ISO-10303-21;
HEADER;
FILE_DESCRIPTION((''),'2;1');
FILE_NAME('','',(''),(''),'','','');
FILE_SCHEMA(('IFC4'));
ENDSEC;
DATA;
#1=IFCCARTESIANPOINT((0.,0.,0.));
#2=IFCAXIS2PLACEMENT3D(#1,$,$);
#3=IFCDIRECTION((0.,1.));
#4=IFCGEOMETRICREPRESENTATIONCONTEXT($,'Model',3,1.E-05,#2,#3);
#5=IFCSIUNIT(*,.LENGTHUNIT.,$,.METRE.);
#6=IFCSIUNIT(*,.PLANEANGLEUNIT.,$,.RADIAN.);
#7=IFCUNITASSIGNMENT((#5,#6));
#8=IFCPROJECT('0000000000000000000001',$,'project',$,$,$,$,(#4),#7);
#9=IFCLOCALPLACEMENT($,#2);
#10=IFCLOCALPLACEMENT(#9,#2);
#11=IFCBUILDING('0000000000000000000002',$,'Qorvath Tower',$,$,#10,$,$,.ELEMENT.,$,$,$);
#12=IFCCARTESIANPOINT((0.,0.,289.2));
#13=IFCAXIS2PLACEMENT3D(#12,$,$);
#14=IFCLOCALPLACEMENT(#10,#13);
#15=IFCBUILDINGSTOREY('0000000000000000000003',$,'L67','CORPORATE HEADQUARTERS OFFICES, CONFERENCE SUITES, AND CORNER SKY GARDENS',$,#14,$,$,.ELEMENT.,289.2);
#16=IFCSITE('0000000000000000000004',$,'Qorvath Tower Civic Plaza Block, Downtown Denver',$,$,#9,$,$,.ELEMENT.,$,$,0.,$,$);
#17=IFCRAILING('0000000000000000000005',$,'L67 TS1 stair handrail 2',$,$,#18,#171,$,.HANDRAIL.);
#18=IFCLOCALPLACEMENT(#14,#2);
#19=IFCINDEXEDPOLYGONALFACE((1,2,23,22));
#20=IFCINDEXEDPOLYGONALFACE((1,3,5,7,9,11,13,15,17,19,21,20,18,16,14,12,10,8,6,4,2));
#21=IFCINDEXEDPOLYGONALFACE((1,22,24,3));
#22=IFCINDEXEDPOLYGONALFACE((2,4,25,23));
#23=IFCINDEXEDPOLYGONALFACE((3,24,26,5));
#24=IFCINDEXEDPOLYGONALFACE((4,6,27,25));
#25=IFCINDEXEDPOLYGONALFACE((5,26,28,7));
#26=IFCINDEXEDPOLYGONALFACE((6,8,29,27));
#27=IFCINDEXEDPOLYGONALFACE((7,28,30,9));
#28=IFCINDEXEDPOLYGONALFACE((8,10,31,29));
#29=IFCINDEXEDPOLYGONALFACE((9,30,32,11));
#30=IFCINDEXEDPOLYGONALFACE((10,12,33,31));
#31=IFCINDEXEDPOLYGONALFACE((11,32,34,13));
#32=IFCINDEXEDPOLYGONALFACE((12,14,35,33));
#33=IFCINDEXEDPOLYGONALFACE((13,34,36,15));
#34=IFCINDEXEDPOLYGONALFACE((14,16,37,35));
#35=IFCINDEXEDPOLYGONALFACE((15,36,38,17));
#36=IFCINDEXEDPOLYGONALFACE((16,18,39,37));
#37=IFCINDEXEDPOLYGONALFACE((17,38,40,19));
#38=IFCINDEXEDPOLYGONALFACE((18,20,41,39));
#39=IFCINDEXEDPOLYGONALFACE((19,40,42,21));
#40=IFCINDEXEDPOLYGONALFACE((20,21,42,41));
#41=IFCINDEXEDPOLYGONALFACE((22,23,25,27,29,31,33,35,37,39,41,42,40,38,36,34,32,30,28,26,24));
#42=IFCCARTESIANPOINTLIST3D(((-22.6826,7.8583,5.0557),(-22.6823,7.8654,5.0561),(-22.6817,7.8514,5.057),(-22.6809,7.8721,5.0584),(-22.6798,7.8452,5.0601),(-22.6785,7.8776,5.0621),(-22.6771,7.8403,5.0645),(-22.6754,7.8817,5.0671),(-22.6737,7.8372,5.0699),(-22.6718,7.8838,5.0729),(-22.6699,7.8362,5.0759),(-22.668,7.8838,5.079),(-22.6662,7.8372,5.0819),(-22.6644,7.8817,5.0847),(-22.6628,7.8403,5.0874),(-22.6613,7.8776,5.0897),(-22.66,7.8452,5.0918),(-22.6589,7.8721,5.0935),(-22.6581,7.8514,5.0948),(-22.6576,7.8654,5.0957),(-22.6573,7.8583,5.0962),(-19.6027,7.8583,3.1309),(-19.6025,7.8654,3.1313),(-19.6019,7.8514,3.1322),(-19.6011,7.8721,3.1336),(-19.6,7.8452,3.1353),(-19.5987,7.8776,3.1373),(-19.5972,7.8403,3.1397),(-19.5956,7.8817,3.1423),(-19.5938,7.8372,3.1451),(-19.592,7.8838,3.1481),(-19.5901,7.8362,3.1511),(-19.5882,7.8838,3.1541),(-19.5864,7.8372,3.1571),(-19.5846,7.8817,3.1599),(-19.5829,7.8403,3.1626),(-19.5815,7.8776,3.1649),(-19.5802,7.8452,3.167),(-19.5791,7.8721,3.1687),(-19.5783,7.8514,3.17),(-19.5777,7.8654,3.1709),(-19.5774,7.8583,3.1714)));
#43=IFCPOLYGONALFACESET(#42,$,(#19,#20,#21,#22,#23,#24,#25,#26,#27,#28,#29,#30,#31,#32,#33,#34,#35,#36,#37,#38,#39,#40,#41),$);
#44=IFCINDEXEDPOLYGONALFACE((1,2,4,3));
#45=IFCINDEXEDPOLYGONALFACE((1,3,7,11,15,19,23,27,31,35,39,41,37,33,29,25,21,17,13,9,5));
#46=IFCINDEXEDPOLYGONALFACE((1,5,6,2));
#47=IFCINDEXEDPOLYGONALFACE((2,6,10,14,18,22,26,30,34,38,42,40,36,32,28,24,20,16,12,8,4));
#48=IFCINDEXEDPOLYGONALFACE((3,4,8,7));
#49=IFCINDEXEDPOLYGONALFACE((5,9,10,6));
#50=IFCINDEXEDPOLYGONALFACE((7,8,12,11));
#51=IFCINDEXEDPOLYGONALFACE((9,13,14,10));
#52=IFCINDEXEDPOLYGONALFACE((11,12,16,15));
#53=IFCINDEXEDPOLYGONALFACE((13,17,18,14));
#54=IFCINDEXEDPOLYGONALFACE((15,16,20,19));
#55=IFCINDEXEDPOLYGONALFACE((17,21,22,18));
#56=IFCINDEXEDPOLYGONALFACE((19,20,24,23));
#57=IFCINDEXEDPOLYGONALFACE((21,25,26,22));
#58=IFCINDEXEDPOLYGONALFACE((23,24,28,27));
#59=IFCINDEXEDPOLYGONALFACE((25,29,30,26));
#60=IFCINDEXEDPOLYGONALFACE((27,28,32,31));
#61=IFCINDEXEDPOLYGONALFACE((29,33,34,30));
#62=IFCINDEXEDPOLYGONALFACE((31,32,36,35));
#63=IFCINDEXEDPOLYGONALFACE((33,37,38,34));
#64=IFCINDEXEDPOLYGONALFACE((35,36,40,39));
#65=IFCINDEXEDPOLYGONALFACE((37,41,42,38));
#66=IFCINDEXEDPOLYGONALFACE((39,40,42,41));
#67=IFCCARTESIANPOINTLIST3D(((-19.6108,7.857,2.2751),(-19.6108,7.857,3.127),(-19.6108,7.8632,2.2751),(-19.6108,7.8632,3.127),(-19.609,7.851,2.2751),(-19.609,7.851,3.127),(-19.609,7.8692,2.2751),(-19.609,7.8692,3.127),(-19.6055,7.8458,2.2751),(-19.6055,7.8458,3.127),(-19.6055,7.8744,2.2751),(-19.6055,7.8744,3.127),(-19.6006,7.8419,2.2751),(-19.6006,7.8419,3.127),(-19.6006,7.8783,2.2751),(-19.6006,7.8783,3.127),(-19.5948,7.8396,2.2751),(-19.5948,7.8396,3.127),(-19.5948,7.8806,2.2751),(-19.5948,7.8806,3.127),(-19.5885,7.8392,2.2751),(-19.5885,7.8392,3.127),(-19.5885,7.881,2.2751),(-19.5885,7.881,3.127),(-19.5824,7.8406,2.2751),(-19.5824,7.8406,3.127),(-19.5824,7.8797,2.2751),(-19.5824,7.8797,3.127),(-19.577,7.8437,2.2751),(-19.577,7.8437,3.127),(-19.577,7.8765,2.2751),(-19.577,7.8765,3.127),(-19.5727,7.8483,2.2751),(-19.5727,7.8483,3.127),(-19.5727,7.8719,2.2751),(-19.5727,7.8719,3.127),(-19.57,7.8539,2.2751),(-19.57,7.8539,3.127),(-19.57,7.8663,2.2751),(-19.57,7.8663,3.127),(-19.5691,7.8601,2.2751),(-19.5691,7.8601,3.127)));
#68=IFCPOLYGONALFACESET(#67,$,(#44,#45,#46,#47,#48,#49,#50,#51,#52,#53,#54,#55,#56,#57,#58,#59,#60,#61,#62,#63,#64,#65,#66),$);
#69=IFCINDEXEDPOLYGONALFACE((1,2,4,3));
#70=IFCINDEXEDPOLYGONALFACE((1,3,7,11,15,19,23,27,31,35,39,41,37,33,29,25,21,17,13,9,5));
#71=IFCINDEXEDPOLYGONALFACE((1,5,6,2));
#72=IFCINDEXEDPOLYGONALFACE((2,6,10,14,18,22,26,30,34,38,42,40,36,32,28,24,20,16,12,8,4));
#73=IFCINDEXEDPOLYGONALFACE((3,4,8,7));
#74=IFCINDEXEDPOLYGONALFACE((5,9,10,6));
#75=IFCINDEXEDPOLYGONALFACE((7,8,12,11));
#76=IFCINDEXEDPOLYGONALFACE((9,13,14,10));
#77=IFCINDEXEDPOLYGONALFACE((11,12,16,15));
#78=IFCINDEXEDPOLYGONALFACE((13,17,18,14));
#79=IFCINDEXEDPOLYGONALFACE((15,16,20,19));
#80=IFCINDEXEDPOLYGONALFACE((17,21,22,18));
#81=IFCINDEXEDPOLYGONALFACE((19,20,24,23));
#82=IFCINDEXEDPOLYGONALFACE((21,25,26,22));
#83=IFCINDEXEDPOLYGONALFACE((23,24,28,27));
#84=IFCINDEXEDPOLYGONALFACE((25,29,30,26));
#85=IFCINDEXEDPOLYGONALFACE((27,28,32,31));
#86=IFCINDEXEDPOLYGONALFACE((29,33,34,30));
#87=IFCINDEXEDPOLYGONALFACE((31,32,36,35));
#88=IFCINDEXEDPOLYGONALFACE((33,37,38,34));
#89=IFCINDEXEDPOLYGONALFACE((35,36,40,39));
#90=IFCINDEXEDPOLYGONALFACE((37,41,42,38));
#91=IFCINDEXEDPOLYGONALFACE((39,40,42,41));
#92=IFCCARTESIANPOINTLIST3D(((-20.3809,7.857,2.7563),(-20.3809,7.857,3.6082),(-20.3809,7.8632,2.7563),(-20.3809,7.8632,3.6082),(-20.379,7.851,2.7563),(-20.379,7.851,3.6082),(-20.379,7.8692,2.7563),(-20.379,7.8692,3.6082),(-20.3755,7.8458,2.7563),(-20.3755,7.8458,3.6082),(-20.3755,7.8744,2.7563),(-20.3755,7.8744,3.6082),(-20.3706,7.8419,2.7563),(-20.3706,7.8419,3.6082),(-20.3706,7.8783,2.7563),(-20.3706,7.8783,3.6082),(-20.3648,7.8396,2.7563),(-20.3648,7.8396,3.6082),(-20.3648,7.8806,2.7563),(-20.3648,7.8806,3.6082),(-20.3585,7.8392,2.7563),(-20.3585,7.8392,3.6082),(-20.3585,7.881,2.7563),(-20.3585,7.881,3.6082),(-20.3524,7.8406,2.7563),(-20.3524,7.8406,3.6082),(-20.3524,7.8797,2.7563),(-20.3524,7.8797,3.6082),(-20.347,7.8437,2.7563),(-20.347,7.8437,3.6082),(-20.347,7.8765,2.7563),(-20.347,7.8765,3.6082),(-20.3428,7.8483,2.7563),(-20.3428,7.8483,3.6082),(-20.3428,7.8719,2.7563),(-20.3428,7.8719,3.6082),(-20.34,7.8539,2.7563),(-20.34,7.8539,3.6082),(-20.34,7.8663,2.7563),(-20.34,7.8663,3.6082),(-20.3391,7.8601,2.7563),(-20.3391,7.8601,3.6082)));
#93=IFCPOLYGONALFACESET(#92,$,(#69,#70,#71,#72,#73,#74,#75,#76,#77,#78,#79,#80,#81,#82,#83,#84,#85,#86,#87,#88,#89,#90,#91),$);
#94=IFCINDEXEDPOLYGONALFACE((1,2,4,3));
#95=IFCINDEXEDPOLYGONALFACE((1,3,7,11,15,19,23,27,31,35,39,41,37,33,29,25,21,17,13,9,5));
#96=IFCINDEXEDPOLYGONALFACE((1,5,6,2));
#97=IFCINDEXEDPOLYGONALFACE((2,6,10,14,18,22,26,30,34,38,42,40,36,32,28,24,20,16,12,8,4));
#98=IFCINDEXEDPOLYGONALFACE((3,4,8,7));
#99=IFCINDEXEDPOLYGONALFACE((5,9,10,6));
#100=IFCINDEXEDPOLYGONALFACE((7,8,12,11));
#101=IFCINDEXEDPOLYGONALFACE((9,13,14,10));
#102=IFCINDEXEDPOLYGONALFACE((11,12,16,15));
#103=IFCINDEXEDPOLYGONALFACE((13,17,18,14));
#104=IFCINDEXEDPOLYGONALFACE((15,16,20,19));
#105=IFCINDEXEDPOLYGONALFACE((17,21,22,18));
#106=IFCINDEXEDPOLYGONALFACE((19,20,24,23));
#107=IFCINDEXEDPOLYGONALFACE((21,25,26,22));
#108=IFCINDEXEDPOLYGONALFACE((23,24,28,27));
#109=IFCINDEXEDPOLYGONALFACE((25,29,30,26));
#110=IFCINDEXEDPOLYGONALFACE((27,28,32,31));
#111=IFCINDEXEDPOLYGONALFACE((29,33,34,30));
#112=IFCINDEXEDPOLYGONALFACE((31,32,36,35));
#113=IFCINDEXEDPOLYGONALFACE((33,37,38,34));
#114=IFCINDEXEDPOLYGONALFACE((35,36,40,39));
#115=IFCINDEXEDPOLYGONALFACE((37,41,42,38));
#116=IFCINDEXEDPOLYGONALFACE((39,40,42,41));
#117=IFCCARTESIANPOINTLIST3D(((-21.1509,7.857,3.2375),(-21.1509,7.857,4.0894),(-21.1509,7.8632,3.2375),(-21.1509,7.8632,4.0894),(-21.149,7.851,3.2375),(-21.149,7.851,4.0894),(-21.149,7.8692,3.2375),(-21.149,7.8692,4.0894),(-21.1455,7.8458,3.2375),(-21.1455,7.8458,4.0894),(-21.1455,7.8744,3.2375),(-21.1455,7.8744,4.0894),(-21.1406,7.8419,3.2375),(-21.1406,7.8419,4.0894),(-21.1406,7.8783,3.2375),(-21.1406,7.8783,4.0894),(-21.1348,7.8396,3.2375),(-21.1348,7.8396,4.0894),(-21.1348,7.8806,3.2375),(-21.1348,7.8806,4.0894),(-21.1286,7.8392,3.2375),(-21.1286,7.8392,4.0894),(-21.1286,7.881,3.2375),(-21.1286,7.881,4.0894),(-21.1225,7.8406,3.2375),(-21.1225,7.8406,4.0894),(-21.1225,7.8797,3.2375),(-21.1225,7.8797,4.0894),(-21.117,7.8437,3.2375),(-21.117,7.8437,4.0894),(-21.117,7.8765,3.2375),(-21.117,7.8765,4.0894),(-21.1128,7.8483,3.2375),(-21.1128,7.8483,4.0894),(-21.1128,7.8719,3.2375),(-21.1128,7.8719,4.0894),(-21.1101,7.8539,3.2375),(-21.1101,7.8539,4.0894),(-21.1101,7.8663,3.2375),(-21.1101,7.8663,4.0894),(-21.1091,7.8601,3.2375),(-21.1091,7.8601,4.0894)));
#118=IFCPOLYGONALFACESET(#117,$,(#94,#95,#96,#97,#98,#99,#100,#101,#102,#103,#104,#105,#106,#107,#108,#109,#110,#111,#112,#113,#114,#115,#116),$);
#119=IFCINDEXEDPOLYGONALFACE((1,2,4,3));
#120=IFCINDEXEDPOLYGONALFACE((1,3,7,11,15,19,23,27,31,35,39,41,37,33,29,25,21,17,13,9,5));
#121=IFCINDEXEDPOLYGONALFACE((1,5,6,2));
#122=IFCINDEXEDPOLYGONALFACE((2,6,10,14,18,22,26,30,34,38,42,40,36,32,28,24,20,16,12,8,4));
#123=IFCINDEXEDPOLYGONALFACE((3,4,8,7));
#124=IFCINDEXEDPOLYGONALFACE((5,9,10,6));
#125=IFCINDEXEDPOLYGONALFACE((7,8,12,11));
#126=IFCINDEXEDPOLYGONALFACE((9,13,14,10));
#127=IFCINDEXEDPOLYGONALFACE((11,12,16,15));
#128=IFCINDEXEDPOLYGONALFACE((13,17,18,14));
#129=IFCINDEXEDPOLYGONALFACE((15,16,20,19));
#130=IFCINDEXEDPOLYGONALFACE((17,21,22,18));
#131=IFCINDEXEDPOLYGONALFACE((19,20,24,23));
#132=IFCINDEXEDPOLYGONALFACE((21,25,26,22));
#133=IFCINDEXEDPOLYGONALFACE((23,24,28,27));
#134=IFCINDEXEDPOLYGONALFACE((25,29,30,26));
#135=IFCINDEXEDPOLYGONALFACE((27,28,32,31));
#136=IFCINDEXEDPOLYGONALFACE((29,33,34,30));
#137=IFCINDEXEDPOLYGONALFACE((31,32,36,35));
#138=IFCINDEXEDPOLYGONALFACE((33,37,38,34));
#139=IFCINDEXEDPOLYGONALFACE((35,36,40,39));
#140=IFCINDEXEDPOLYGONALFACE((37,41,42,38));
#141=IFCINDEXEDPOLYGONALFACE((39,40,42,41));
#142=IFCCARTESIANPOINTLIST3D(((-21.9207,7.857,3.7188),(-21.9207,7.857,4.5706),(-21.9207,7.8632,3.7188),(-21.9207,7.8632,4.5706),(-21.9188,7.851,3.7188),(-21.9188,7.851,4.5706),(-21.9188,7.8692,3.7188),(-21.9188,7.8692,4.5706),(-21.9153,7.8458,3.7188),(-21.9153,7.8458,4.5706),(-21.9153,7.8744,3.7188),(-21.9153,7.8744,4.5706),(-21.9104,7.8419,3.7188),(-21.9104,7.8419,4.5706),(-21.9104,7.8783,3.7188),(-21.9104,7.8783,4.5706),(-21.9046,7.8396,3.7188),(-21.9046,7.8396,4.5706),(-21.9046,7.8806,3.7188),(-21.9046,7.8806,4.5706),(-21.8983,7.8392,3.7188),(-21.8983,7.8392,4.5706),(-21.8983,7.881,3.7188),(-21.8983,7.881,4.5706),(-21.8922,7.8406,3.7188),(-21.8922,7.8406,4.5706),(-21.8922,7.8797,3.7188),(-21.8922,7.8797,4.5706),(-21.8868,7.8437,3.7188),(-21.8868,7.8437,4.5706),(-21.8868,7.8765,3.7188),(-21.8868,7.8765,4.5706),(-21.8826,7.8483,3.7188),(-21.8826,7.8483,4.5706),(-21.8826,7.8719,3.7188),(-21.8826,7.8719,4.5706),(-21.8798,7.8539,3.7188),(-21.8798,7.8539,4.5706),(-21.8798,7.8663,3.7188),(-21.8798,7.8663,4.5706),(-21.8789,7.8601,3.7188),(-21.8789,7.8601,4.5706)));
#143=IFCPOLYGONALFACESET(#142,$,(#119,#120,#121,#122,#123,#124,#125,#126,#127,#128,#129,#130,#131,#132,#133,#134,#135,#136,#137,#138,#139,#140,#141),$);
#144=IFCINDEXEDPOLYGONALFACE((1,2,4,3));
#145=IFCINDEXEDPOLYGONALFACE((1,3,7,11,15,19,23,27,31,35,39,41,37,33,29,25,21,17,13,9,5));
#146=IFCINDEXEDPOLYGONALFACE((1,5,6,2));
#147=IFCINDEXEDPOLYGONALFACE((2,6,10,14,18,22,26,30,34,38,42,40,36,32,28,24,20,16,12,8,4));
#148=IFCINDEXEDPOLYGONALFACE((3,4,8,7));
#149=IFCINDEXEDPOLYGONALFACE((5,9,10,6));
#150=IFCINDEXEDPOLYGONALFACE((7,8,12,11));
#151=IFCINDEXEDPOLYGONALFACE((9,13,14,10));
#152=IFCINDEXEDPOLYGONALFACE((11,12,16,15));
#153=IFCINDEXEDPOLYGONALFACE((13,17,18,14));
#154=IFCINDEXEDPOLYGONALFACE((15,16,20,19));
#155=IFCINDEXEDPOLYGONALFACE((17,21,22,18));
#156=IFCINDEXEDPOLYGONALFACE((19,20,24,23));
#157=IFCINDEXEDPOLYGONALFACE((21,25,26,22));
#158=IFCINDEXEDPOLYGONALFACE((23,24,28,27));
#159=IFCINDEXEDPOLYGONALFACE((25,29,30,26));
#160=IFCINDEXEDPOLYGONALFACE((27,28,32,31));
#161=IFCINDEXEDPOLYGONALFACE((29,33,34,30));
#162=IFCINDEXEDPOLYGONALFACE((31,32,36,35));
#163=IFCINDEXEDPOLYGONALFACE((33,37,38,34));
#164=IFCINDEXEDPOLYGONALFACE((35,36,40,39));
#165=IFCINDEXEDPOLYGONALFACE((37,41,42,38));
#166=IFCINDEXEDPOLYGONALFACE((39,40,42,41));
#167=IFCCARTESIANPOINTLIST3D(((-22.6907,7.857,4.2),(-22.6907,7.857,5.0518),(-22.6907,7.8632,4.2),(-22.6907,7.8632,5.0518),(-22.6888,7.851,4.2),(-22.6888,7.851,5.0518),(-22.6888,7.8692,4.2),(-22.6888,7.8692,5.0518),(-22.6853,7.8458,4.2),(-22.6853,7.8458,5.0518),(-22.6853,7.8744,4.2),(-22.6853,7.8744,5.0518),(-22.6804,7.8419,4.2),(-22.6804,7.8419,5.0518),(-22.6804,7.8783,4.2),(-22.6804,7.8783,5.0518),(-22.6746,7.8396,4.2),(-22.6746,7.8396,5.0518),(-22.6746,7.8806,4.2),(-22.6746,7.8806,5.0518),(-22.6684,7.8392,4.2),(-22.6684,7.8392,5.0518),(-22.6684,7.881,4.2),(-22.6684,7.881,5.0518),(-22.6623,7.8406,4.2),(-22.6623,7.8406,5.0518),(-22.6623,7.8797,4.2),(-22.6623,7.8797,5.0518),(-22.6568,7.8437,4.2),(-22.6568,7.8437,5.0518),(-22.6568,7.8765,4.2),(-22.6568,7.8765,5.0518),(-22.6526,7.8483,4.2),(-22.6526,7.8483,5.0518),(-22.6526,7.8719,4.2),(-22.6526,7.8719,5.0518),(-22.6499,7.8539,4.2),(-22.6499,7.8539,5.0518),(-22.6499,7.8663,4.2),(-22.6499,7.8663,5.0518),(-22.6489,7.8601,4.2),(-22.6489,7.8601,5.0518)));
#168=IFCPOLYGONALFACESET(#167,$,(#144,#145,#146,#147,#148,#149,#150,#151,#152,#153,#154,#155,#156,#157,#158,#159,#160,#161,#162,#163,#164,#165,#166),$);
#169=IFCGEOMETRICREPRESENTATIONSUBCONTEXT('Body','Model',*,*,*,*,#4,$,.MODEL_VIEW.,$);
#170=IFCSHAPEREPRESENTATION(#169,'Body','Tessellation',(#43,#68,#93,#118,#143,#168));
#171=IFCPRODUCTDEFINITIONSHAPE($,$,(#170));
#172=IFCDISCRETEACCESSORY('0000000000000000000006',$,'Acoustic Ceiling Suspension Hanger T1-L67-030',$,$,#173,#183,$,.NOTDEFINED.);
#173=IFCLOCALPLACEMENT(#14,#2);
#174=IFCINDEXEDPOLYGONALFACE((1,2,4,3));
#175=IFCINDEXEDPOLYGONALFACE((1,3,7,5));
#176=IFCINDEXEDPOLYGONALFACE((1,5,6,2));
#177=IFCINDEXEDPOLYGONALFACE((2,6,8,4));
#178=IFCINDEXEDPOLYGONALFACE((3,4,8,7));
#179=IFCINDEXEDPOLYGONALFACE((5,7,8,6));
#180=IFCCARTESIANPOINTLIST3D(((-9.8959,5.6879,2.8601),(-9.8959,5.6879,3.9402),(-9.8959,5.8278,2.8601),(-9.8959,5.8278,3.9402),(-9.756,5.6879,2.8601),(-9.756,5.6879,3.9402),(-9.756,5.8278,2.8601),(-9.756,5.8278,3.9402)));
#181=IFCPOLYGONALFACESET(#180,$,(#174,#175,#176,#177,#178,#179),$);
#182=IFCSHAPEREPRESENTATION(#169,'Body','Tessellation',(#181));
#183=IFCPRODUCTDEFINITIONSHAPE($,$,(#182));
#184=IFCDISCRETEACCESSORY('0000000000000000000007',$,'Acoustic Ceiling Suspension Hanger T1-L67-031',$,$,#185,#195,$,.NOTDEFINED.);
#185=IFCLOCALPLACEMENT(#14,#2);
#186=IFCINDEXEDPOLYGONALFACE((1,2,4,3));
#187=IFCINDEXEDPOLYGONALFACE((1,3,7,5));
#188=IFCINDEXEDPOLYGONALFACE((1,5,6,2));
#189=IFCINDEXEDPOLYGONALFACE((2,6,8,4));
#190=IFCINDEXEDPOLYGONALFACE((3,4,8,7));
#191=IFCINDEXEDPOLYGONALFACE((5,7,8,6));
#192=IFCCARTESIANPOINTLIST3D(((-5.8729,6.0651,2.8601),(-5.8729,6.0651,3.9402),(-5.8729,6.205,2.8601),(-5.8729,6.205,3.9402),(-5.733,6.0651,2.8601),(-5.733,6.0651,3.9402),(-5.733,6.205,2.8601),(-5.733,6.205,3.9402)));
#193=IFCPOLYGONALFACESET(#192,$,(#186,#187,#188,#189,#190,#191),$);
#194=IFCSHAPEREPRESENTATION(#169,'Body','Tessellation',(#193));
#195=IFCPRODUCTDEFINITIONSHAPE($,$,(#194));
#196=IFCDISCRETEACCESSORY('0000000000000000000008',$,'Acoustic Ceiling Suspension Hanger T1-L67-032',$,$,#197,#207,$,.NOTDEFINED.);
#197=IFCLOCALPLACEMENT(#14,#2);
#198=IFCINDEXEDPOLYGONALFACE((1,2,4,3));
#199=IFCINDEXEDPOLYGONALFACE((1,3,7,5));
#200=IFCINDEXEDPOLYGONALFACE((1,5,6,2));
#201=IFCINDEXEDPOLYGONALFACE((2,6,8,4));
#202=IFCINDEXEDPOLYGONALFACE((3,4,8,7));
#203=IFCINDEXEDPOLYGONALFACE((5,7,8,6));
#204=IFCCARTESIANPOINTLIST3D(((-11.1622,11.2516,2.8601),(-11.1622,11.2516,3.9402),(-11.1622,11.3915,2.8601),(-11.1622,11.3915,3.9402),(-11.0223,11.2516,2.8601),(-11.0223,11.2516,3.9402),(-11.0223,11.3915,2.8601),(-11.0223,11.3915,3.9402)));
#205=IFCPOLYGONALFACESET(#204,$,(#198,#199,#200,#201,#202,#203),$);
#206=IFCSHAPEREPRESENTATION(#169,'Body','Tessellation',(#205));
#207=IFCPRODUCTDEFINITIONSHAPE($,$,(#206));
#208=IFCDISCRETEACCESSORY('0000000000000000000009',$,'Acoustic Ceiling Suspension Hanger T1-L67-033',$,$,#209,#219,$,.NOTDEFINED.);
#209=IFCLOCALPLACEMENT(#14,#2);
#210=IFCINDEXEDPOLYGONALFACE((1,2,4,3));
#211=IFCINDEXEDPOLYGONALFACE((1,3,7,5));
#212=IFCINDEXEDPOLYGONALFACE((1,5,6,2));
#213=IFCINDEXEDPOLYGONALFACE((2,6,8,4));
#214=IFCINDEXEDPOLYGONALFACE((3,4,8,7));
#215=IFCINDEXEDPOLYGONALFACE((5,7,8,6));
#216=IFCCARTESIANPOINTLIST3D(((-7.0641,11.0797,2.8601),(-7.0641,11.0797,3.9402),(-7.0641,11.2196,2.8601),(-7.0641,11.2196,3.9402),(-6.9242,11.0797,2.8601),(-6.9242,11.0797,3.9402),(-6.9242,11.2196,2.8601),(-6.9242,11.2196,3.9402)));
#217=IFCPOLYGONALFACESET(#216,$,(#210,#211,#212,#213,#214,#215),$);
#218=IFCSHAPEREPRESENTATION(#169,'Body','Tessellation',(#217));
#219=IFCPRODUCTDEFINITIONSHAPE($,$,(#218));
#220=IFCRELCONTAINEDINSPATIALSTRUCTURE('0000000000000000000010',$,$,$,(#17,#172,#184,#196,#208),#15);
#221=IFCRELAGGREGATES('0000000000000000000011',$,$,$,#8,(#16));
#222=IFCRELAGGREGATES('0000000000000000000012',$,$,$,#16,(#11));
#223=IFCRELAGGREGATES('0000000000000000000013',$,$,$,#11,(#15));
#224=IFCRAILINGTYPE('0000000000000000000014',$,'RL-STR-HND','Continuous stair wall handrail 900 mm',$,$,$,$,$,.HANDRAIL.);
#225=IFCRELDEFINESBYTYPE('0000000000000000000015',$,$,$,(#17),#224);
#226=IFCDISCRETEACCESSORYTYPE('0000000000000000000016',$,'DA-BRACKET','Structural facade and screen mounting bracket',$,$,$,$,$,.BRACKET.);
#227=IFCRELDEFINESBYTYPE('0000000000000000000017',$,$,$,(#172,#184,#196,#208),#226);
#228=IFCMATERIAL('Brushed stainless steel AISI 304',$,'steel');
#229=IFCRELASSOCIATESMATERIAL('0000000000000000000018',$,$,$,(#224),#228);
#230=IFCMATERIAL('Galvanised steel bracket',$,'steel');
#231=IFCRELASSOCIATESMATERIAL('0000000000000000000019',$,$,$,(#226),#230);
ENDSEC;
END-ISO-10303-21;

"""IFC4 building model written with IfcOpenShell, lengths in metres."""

from ifc_helpers import new_model, si_unit, direction, frame, origin, origin_2d, place, context, subcontext, project, spatial, rectangle, circle, extrude, material, type_object, element, save


model = new_model("IFC4")

# Units and contexts
model_context = context("Model", 3, precision=1e-05, world=origin(), true_north=direction((0.0, 1.0)))
body_context = subcontext(model_context, "Body", "Model", "MODEL_VIEW")
ifc_project = project(units=[si_unit("LENGTHUNIT", "METRE"), si_unit("PLANEANGLEUNIT", "RADIAN")], contexts=[model_context])

# Site, building, storey
site_placement = place(None, origin())
site = spatial("IfcSite", under=ifc_project, at=site_placement, Name="Qorvath Tower Civic Plaza Block, Downtown Denver", CompositionType="ELEMENT", RefElevation=0.0)
building_placement = place(site_placement, origin())
building = spatial("IfcBuilding", under=site, at=building_placement, Name="Qorvath Tower", CompositionType="ELEMENT")
storey_placement = place(building_placement, frame((0.0, 0.0, 289.2)))
storey = spatial("IfcBuildingStorey", under=building, at=storey_placement, Name="L67", Description="CORPORATE HEADQUARTERS OFFICES, CONFERENCE SUITES, AND CORNER SKY GARDENS", CompositionType="ELEMENT", Elevation=289.2)

# Railing
ifc_material_1 = material(Name="Brushed stainless steel AISI 304", Category="steel")
railing_type_1 = type_object("IfcRailingType", Name="RL-STR-HND", Description="Continuous stair wall handrail 900 mm", PredefinedType="HANDRAIL", material=ifc_material_1)
railing_1_placement = place(storey_placement, frame((-19.5901, 7.8601, 2.2751)))
element("IfcRailing", 1, at=railing_1_placement, inside=storey, type_object=railing_type_1, Name="L67 TS1 stair handrail 2", PredefinedType="HANDRAIL", context=body_context, shape_type="SweptSolid", body=[
    extrude(circle(Radius=0.0239, at=origin_2d()), frame((0.0, 0.0, 0.876), z_axis=(-0.84801, 0.0, 0.529981), x_axis=(0.0, -1.0, 0.0)), (0.0, 0.0, 1.0), 3.6318),
    extrude(circle(Radius=0.021, at=origin_2d()), origin(), (0.0, 0.0, 1.0), 0.8518),
    extrude(circle(Radius=0.021, at=origin_2d()), frame((-0.77, 0.0, 0.4812)), (0.0, 0.0, 1.0), 0.8518),
    extrude(circle(Radius=0.021, at=origin_2d()), frame((-1.54, 0.0, 0.9624)), (0.0, 0.0, 1.0), 0.8518),
    extrude(circle(Radius=0.021, at=origin_2d()), frame((-2.3098, 0.0, 1.4436)), (0.0, 0.0, 1.0), 0.8518),
    extrude(circle(Radius=0.021, at=origin_2d()), frame((-3.0798, 0.0, 1.9248)), (0.0, 0.0, 1.0), 0.8518),
])

# Discrete accessories
ifc_material_2 = material(Name="Galvanised steel bracket", Category="steel")
discrete_accessory_type = type_object("IfcDiscreteAccessoryType", Name="DA-BRACKET", Description="Structural facade and screen mounting bracket", PredefinedType="BRACKET", material=ifc_material_2)
for number, where, z_axis, x_axis, name in (
    (2, (-9.8259, 5.7578, 2.8601), (0.0, 0.0, 1.0), (1.0, 0.0, 0.0), "Acoustic Ceiling Suspension Hanger T1-L67-030"),
    (3, (-5.803, 6.135, 2.8601), (0.0, 0.0, 1.0), (1.0, 0.0, 0.0), "Acoustic Ceiling Suspension Hanger T1-L67-031"),
    (4, (-11.0923, 11.3215, 2.8601), (0.0, 0.0, 1.0), (1.0, 0.0, 0.0), "Acoustic Ceiling Suspension Hanger T1-L67-032"),
    (5, (-6.9941, 11.1497, 2.8601), (0.0, 0.0, 1.0), (1.0, 0.0, 0.0), "Acoustic Ceiling Suspension Hanger T1-L67-033"),
):
    element("IfcDiscreteAccessory", number, at=place(storey_placement, frame(where, z_axis=z_axis, x_axis=x_axis)), inside=storey, type_object=discrete_accessory_type, Name=name, PredefinedType="NOTDEFINED", context=body_context, shape_type="SweptSolid", body=[
        extrude(rectangle(XDim=0.1399, YDim=0.1399, at=origin_2d()), origin(), (0.0, 0.0, 1.0), 1.0801),
    ])

save(model, "model.ifc")
